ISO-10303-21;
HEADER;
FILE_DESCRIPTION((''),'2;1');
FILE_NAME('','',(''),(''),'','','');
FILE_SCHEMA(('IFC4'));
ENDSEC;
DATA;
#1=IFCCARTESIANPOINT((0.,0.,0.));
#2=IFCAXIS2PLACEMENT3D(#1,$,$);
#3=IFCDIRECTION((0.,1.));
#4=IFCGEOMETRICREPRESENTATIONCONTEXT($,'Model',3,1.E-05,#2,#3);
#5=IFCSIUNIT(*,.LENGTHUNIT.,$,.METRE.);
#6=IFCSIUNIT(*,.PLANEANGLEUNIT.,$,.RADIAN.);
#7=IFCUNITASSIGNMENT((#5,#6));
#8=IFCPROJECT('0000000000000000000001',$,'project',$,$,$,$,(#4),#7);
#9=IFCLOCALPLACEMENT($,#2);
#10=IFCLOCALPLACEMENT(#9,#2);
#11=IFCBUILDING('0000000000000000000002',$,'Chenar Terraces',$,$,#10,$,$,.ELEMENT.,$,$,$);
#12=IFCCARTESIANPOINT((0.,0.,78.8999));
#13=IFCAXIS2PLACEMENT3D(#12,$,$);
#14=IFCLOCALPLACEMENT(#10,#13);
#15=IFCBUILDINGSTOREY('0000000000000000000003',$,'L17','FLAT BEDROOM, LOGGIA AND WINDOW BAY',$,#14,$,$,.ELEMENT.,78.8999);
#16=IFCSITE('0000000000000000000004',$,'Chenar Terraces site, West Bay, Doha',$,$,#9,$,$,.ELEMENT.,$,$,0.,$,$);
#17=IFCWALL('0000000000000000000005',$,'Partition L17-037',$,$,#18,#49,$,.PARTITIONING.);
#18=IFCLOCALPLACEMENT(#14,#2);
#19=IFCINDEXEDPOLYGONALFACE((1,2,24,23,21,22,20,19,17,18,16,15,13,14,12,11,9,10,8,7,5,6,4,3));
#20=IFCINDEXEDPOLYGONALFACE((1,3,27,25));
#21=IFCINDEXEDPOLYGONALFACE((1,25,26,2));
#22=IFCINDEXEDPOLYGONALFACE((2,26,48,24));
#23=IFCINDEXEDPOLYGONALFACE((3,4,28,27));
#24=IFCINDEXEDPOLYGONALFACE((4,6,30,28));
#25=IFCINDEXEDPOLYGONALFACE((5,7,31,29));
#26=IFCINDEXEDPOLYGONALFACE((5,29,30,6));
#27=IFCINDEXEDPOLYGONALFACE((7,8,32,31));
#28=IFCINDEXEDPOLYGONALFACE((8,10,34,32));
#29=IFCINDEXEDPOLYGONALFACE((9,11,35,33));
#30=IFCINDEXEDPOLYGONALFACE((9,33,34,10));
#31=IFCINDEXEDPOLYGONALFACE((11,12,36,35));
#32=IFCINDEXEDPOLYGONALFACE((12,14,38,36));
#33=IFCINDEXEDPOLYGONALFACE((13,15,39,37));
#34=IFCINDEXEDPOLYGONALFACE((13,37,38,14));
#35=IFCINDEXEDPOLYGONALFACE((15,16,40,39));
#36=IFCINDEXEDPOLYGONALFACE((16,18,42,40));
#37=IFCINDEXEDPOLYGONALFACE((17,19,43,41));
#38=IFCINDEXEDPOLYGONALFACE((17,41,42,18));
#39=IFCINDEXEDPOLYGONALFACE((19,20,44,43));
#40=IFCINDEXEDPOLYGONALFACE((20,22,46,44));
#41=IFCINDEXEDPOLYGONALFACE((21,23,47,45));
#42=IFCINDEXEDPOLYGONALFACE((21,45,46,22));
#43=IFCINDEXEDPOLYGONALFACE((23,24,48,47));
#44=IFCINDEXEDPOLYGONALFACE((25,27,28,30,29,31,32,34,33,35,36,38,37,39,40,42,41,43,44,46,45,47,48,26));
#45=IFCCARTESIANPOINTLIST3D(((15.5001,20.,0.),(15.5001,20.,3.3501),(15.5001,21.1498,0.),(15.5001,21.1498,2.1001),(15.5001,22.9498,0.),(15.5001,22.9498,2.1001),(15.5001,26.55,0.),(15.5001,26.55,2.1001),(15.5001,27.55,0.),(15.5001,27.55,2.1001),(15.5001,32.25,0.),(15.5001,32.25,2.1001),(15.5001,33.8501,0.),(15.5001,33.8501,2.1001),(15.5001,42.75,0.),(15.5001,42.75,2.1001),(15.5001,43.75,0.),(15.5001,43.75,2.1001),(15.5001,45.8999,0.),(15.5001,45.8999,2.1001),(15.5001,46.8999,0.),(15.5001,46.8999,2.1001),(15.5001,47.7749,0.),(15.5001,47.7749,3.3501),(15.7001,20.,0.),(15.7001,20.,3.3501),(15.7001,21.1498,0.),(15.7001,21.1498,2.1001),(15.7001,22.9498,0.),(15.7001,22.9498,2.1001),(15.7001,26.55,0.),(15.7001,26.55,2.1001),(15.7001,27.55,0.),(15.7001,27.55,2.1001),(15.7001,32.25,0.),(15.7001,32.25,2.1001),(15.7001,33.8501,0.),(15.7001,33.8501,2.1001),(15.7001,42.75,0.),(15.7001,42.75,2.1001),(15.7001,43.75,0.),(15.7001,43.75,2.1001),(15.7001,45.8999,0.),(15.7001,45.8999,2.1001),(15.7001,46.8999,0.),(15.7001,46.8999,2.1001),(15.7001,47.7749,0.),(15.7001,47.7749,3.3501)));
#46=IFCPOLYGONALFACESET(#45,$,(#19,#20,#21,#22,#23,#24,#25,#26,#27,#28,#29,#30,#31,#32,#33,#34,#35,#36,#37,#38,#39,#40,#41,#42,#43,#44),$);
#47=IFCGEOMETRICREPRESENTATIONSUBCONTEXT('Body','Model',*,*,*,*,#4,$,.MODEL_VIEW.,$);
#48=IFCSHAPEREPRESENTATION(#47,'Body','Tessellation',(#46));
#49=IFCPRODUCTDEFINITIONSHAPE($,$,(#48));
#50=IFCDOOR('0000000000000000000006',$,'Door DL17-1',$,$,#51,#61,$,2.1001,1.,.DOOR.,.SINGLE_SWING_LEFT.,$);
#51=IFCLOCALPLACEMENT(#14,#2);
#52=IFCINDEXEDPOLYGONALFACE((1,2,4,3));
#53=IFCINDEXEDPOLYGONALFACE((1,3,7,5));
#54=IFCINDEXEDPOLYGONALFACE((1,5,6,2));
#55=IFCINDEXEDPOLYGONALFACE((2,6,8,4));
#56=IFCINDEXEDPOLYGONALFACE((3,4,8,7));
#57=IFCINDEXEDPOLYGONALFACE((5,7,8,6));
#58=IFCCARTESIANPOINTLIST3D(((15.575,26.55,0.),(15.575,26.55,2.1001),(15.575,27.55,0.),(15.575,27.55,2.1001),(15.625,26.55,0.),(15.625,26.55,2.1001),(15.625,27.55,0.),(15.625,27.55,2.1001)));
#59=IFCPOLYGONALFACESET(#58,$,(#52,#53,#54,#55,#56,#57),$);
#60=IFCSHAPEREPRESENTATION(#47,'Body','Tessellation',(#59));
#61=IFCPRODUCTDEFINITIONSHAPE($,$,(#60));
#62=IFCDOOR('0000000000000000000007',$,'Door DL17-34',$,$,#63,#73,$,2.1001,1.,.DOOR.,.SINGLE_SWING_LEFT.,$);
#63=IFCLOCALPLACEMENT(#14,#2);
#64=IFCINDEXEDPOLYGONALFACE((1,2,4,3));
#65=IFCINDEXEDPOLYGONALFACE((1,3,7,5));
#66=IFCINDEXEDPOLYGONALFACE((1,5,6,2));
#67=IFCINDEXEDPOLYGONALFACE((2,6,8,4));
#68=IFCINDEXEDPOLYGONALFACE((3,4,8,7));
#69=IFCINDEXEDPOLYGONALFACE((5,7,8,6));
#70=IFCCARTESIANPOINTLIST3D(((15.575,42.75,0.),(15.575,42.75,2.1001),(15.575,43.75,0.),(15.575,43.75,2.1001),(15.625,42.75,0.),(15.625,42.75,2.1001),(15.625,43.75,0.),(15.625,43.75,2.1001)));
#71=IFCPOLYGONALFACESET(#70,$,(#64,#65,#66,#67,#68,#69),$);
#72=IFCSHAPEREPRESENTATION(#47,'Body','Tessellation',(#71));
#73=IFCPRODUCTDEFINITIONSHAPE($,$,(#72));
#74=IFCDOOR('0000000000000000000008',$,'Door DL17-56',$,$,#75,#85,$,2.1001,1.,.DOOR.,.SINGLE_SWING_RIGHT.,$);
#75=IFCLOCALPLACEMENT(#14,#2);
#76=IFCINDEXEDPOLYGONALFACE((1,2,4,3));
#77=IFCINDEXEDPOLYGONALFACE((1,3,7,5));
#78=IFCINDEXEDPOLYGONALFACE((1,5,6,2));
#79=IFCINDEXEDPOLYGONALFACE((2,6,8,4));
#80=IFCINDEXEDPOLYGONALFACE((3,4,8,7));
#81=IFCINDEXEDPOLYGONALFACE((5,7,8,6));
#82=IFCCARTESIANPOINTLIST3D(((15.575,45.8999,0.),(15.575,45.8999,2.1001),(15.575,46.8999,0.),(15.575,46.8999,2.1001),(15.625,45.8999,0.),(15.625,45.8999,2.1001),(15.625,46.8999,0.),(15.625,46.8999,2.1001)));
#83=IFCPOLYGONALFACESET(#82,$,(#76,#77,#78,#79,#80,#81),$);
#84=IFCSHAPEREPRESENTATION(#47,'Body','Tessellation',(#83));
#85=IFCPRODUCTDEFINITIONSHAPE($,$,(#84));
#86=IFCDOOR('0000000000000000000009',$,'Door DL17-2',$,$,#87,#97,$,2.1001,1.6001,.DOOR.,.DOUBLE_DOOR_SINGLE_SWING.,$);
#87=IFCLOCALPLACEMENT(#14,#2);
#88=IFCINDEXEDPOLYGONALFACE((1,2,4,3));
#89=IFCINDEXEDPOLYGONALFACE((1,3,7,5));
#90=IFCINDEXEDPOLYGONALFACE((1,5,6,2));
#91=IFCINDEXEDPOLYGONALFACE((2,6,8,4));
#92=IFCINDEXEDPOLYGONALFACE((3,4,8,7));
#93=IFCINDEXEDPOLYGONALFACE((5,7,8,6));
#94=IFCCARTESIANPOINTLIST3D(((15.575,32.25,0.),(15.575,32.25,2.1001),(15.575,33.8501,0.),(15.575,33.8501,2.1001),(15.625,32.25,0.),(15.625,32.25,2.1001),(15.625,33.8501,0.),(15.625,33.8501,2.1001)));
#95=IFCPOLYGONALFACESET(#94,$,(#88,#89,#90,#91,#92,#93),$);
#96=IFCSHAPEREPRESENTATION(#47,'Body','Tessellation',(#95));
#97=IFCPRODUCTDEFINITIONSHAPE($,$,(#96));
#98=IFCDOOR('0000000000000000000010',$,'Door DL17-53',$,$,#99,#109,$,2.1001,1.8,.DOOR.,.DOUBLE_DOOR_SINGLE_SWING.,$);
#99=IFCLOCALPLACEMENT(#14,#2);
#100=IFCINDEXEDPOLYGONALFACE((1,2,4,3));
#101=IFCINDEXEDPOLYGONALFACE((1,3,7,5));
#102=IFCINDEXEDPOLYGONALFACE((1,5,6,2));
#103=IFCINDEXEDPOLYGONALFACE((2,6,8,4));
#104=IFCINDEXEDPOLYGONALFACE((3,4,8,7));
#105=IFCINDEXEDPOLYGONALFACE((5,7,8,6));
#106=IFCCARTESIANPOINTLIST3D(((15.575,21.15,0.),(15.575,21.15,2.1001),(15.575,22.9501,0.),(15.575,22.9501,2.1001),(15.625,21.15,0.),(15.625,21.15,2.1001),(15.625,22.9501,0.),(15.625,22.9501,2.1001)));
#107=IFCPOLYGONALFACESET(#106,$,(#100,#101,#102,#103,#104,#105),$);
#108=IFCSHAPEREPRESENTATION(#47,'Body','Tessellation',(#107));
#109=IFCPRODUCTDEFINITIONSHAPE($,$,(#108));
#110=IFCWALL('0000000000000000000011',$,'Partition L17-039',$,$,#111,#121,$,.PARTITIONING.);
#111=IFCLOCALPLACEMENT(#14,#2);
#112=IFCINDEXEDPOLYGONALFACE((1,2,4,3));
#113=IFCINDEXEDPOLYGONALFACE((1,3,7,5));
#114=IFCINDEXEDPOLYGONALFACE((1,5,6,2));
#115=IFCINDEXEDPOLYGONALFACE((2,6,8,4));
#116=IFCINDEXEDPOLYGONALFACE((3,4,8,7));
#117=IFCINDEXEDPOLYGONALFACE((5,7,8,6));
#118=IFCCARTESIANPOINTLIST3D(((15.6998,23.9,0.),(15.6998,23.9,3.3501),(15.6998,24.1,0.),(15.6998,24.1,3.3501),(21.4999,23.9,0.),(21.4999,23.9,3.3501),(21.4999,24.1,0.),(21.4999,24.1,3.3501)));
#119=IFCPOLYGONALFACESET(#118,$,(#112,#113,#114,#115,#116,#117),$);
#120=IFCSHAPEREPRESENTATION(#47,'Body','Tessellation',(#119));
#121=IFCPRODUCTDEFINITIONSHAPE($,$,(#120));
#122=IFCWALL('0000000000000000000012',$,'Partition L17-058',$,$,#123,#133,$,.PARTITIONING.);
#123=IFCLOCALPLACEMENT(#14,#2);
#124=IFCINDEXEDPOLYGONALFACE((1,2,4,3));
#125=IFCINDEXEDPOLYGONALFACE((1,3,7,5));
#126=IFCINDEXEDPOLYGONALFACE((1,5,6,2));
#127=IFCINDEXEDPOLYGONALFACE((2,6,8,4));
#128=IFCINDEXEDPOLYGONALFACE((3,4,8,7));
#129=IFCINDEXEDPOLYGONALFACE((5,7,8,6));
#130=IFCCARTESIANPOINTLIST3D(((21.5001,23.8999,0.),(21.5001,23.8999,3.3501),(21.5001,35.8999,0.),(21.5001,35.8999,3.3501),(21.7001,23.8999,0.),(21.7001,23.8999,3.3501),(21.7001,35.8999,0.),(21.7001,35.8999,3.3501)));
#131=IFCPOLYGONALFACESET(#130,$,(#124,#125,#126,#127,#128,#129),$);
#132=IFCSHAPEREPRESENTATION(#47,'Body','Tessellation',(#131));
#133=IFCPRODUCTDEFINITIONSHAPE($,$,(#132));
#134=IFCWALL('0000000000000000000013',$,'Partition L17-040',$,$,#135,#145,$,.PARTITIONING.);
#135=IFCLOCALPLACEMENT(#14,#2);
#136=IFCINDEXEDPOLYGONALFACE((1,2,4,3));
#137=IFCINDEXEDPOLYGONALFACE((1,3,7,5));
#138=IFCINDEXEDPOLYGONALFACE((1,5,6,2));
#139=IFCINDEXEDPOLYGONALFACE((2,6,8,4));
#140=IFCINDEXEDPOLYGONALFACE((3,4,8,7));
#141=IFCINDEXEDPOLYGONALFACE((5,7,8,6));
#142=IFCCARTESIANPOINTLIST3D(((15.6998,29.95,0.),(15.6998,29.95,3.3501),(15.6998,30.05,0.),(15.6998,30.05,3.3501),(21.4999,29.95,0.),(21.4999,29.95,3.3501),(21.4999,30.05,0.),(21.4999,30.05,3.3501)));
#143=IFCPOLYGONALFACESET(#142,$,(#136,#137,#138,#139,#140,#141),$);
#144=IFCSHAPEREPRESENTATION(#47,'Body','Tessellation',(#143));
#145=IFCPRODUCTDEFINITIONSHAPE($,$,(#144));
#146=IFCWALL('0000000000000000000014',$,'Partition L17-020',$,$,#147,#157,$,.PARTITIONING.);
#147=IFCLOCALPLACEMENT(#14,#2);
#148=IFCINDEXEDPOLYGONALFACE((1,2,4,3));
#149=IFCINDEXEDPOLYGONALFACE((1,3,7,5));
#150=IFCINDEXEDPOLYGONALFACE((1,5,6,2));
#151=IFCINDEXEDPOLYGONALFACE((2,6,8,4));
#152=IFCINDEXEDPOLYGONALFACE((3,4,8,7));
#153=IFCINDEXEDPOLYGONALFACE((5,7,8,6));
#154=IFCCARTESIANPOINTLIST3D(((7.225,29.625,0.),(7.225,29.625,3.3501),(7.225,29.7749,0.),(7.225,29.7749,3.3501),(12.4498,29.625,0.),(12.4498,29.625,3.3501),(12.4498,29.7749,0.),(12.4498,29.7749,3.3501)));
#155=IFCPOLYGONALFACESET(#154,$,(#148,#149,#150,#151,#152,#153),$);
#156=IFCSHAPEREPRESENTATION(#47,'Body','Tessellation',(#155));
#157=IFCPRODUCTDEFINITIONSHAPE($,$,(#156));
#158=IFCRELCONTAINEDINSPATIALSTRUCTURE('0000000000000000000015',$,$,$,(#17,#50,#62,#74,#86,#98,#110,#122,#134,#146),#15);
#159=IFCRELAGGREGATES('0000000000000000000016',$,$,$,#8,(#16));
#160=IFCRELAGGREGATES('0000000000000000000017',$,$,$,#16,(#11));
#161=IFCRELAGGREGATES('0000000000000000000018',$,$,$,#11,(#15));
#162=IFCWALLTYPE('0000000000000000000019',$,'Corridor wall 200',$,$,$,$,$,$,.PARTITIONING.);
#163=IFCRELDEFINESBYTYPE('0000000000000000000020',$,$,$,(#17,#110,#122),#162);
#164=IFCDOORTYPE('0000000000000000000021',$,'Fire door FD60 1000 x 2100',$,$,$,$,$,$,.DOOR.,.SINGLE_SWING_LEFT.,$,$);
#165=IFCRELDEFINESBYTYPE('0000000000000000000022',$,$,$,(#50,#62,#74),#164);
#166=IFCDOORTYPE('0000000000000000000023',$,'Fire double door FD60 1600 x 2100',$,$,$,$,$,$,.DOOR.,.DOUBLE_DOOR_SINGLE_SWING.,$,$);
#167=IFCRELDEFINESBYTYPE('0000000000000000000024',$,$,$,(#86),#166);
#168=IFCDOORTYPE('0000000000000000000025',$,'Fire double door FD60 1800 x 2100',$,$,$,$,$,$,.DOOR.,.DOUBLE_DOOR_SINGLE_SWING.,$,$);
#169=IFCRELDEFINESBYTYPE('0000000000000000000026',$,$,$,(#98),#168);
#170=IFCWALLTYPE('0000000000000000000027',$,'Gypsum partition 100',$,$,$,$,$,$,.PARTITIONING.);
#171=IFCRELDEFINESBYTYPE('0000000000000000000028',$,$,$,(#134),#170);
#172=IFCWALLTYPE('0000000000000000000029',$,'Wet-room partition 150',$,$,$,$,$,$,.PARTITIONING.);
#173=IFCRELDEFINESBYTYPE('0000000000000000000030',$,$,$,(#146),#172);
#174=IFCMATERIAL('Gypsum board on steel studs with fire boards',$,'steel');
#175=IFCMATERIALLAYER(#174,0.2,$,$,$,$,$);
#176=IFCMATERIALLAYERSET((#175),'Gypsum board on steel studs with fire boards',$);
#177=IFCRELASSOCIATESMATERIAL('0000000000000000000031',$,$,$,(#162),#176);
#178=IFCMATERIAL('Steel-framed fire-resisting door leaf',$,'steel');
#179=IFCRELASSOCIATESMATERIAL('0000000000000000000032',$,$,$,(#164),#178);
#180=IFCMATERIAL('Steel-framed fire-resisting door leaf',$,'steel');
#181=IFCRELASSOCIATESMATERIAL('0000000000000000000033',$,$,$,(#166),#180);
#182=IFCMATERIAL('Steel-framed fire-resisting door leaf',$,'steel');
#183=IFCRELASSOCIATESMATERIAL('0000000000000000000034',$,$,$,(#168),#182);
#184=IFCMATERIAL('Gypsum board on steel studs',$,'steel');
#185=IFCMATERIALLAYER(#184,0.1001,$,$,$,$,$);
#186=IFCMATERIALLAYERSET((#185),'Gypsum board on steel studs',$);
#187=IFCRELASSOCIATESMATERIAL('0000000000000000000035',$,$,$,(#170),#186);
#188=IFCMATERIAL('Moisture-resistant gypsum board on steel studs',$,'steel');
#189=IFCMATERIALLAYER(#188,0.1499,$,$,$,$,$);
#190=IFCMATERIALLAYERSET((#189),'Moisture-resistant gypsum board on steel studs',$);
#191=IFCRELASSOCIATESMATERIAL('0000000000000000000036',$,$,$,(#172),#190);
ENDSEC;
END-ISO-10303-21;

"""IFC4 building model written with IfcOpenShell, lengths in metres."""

from ifc_helpers import new_model, si_unit, direction, frame, frame_2d, origin, place, context, subcontext, project, spatial, rectangle, extrude, material, layer, layer_set, type_object, element, fill, save


model = new_model("IFC4")

# Units and contexts
model_context = context("Model", 3, precision=1e-05, world=origin(), true_north=direction((0.0, 1.0)))
body_context = subcontext(model_context, "Body", "Model", "MODEL_VIEW")
ifc_project = project(units=[si_unit("LENGTHUNIT", "METRE"), si_unit("PLANEANGLEUNIT", "RADIAN")], contexts=[model_context])

# Site, building, storey
site_placement = place(None, origin())
site = spatial("IfcSite", under=ifc_project, at=site_placement, Name="Chenar Terraces site, West Bay, Doha", CompositionType="ELEMENT", RefElevation=0.0)
building_placement = place(site_placement, origin())
building = spatial("IfcBuilding", under=site, at=building_placement, Name="Chenar Terraces", CompositionType="ELEMENT")
storey_placement = place(building_placement, frame((0.0, 0.0, 78.8999)))
storey = spatial("IfcBuildingStorey", under=building, at=storey_placement, Name="L17", Description="FLAT BEDROOM, LOGGIA AND WINDOW BAY", CompositionType="ELEMENT", Elevation=78.8999)

# Wall, openings, doors
ifc_material_1 = material(Name="Gypsum board on steel studs with fire boards", Category="steel")
ifc_layer_1 = layer(ifc_material_1, 0.2)
ifc_layer_set_1 = layer_set([ifc_layer_1], Name="Gypsum board on steel studs with fire boards")
wall_type_1 = type_object("IfcWallType", Name="Corridor wall 200", PredefinedType="PARTITIONING", material=ifc_layer_set_1)
wall_1_placement = place(storey_placement, frame((15.6001, 20.0, 0.0), z_axis=(0.0, 0.0, 1.0), x_axis=(0.0, 1.0, 0.0)))
wall_1 = element("IfcWall", 1, at=wall_1_placement, inside=storey, type_object=wall_type_1, Name="Partition L17-037", PredefinedType="PARTITIONING", context=body_context, shape_type="SweptSolid", body=[
    extrude(rectangle(XDim=27.7749, YDim=0.2, at=frame_2d((13.8875, 0.0))), origin(), (0.0, 0.0, 1.0), 3.3501),
])
opening_1_placement = place(wall_1_placement, frame((6.55, 0.0, 0.0)))
opening_1 = element("IfcOpeningElement", 2, at=opening_1_placement, cuts=wall_1, PredefinedType="OPENING", context=body_context, shape_type="SweptSolid", body=[
    extrude(rectangle(XDim=1.0, YDim=2.1001, at=frame_2d((0.5, 1.05))), frame((0.0, 0.1099, 0.0), z_axis=(0.0, -1.0, 0.0), x_axis=(1.0, 0.0, 0.0)), (0.0, 0.0, 1.0), 0.22),
])
opening_2_placement = place(wall_1_placement, frame((12.25, 0.0, 0.0)))
opening_2 = element("IfcOpeningElement", 3, at=opening_2_placement, cuts=wall_1, PredefinedType="OPENING", context=body_context, shape_type="SweptSolid", body=[
    extrude(rectangle(XDim=1.6001, YDim=2.1001, at=frame_2d((0.8, 1.05))), frame((0.0, 0.1099, 0.0), z_axis=(0.0, -1.0, 0.0), x_axis=(1.0, 0.0, 0.0)), (0.0, 0.0, 1.0), 0.22),
])
opening_3_placement = place(wall_1_placement, frame((22.75, 0.0, 0.0)))
opening_3 = element("IfcOpeningElement", 4, at=opening_3_placement, cuts=wall_1, PredefinedType="OPENING", context=body_context, shape_type="SweptSolid", body=[
    extrude(rectangle(XDim=1.0, YDim=2.1001, at=frame_2d((0.5, 1.05))), frame((0.0, 0.1099, 0.0), z_axis=(0.0, -1.0, 0.0), x_axis=(1.0, 0.0, 0.0)), (0.0, 0.0, 1.0), 0.22),
])
opening_4_placement = place(wall_1_placement, frame((1.1499, 0.0, 0.0)))
opening_4 = element("IfcOpeningElement", 5, at=opening_4_placement, cuts=wall_1, PredefinedType="OPENING", context=body_context, shape_type="SweptSolid", body=[
    extrude(rectangle(XDim=1.8, YDim=2.1001, at=frame_2d((0.8999, 1.05))), frame((0.0, 0.1099, 0.0), z_axis=(0.0, -1.0, 0.0), x_axis=(1.0, 0.0, 0.0)), (0.0, 0.0, 1.0), 0.22),
])
opening_5_placement = place(wall_1_placement, frame((25.8999, 0.0, 0.0)))
opening_5 = element("IfcOpeningElement", 6, at=opening_5_placement, cuts=wall_1, PredefinedType="OPENING", context=body_context, shape_type="SweptSolid", body=[
    extrude(rectangle(XDim=1.0, YDim=2.1001, at=frame_2d((0.5, 1.05))), frame((0.0, 0.1099, 0.0), z_axis=(0.0, -1.0, 0.0), x_axis=(1.0, 0.0, 0.0)), (0.0, 0.0, 1.0), 0.22),
])
ifc_material_2 = material(Name="Steel-framed fire-resisting door leaf", Category="steel")
door_type_1 = type_object("IfcDoorType", Name="Fire door FD60 1000 x 2100", OperationType="SINGLE_SWING_LEFT", PredefinedType="DOOR", material=ifc_material_2)
door_1_placement = place(opening_1_placement, frame((1.0, 0.0, 0.0), z_axis=(0.0, 0.0, 1.0), x_axis=(-1.0, 0.0, 0.0)))
door_1 = element("IfcDoor", 7, at=door_1_placement, inside=storey, type_object=door_type_1, Name="Door DL17-1", OperationType="SINGLE_SWING_LEFT", OverallHeight=2.1001, OverallWidth=1.0, PredefinedType="DOOR", context=body_context, shape_type="SweptSolid", body=[
    extrude(rectangle(XDim=1.0, YDim=2.1001, at=frame_2d((0.5, 1.05))), frame((0.0, 0.0249, 0.0), z_axis=(0.0, -1.0, 0.0), x_axis=(1.0, 0.0, 0.0)), (0.0, 0.0, 1.0), 0.05),
])
fill(opening_1, door_1)
door_2_placement = place(opening_3_placement, frame((1.0, 0.0, 0.0), z_axis=(0.0, 0.0, 1.0), x_axis=(-1.0, 0.0, 0.0)))
door_2 = element("IfcDoor", 8, at=door_2_placement, inside=storey, type_object=door_type_1, Name="Door DL17-34", OperationType="SINGLE_SWING_LEFT", OverallHeight=2.1001, OverallWidth=1.0, PredefinedType="DOOR", context=body_context, shape_type="SweptSolid", body=[
    extrude(rectangle(XDim=1.0, YDim=2.1001, at=frame_2d((0.5, 1.05))), frame((0.0, 0.0249, 0.0), z_axis=(0.0, -1.0, 0.0), x_axis=(1.0, 0.0, 0.0)), (0.0, 0.0, 1.0), 0.05),
])
fill(opening_3, door_2)
door_3_placement = place(opening_5_placement, frame((1.0, 0.0, 0.0), z_axis=(0.0, 0.0, 1.0), x_axis=(-1.0, 0.0, 0.0)))
door_3 = element("IfcDoor", 9, at=door_3_placement, inside=storey, type_object=door_type_1, Name="Door DL17-56", OperationType="SINGLE_SWING_RIGHT", OverallHeight=2.1001, OverallWidth=1.0, PredefinedType="DOOR", context=body_context, shape_type="SweptSolid", body=[
    extrude(rectangle(XDim=1.0, YDim=2.1001, at=frame_2d((0.5, 1.05))), frame((0.0, 0.0249, 0.0), z_axis=(0.0, -1.0, 0.0), x_axis=(1.0, 0.0, 0.0)), (0.0, 0.0, 1.0), 0.05),
])
fill(opening_5, door_3)
ifc_material_3 = material(Name="Steel-framed fire-resisting door leaf", Category="steel")
door_type_2 = type_object("IfcDoorType", Name="Fire double door FD60 1600 x 2100", OperationType="DOUBLE_DOOR_SINGLE_SWING", PredefinedType="DOOR", material=ifc_material_3)
door_4_placement = place(opening_2_placement, frame((1.6001, 0.0, 0.0), z_axis=(0.0, 0.0, 1.0), x_axis=(-1.0, 0.0, 0.0)))
door_4 = element("IfcDoor", 10, at=door_4_placement, inside=storey, type_object=door_type_2, Name="Door DL17-2", OperationType="DOUBLE_DOOR_SINGLE_SWING", OverallHeight=2.1001, OverallWidth=1.6001, PredefinedType="DOOR", context=body_context, shape_type="SweptSolid", body=[
    extrude(rectangle(XDim=1.6001, YDim=2.1001, at=frame_2d((0.8, 1.05))), frame((0.0, 0.0249, 0.0), z_axis=(0.0, -1.0, 0.0), x_axis=(1.0, 0.0, 0.0)), (0.0, 0.0, 1.0), 0.05),
])
fill(opening_2, door_4)
ifc_material_4 = material(Name="Steel-framed fire-resisting door leaf", Category="steel")
door_type_3 = type_object("IfcDoorType", Name="Fire double door FD60 1800 x 2100", OperationType="DOUBLE_DOOR_SINGLE_SWING", PredefinedType="DOOR", material=ifc_material_4)
door_5_placement = place(opening_4_placement, frame((1.8, 0.0, 0.0), z_axis=(0.0, 0.0, 1.0), x_axis=(-1.0, 0.0, 0.0)))
door_5 = element("IfcDoor", 11, at=door_5_placement, inside=storey, type_object=door_type_3, Name="Door DL17-53", OperationType="DOUBLE_DOOR_SINGLE_SWING", OverallHeight=2.1001, OverallWidth=1.8, PredefinedType="DOOR", context=body_context, shape_type="SweptSolid", body=[
    extrude(rectangle(XDim=1.8, YDim=2.1001, at=frame_2d((0.8999, 1.05))), frame((0.0, 0.0249, 0.0), z_axis=(0.0, -1.0, 0.0), x_axis=(1.0, 0.0, 0.0)), (0.0, 0.0, 1.0), 0.05),
])
fill(opening_4, door_5)

# Walls
wall_2_placement = place(storey_placement, frame((15.7, 24.0, 0.0), z_axis=(0.0, 0.0, 1.0), x_axis=(1.0, 0.0, 0.0)))
element("IfcWall", 12, at=wall_2_placement, inside=storey, type_object=wall_type_1, Name="Partition L17-039", PredefinedType="PARTITIONING", context=body_context, shape_type="SweptSolid", body=[
    extrude(rectangle(XDim=5.8, YDim=0.2, at=frame_2d((2.8999, 0.0))), origin(), (0.0, 0.0, 1.0), 3.3501),
])
wall_3_placement = place(storey_placement, frame((21.6001, 23.8999, 0.0), z_axis=(0.0, 0.0, 1.0), x_axis=(0.0, 1.0, 0.0)))
element("IfcWall", 13, at=wall_3_placement, inside=storey, type_object=wall_type_1, Name="Partition L17-058", PredefinedType="PARTITIONING", context=body_context, shape_type="SweptSolid", body=[
    extrude(rectangle(XDim=12.0, YDim=0.2, at=frame_2d((6.0, 0.0))), origin(), (0.0, 0.0, 1.0), 3.3501),
])
ifc_material_5 = material(Name="Gypsum board on steel studs", Category="steel")
ifc_layer_2 = layer(ifc_material_5, 0.1001)
ifc_layer_set_2 = layer_set([ifc_layer_2], Name="Gypsum board on steel studs")
wall_type_2 = type_object("IfcWallType", Name="Gypsum partition 100", PredefinedType="PARTITIONING", material=ifc_layer_set_2)
wall_4_placement = place(storey_placement, frame((15.7, 30.0, 0.0), z_axis=(0.0, 0.0, 1.0), x_axis=(1.0, 0.0, 0.0)))
element("IfcWall", 14, at=wall_4_placement, inside=storey, type_object=wall_type_2, Name="Partition L17-040", PredefinedType="PARTITIONING", context=body_context, shape_type="SweptSolid", body=[
    extrude(rectangle(XDim=5.8, YDim=0.1001, at=frame_2d((2.8999, 0.0))), origin(), (0.0, 0.0, 1.0), 3.3501),
])
ifc_material_6 = material(Name="Moisture-resistant gypsum board on steel studs", Category="steel")
ifc_layer_3 = layer(ifc_material_6, 0.1499)
ifc_layer_set_3 = layer_set([ifc_layer_3], Name="Moisture-resistant gypsum board on steel studs")
wall_type_3 = type_object("IfcWallType", Name="Wet-room partition 150", PredefinedType="PARTITIONING", material=ifc_layer_set_3)
for number, where, z_axis, x_axis, name in (
    (15, (7.2251, 29.7, 0.0), (0.0, 0.0, 1.0), (1.0, 0.0, 0.0), "Partition L17-020"),
):
    element("IfcWall", number, at=place(storey_placement, frame(where, z_axis=z_axis, x_axis=x_axis)), inside=storey, type_object=wall_type_3, Name=name, PredefinedType="PARTITIONING", context=body_context, shape_type="SweptSolid", body=[
        extrude(rectangle(XDim=5.2249, YDim=0.1499, at=frame_2d((2.6123, 0.0))), origin(), (0.0, 0.0, 1.0), 3.3501),
    ])

save(model, "model.ifc")
